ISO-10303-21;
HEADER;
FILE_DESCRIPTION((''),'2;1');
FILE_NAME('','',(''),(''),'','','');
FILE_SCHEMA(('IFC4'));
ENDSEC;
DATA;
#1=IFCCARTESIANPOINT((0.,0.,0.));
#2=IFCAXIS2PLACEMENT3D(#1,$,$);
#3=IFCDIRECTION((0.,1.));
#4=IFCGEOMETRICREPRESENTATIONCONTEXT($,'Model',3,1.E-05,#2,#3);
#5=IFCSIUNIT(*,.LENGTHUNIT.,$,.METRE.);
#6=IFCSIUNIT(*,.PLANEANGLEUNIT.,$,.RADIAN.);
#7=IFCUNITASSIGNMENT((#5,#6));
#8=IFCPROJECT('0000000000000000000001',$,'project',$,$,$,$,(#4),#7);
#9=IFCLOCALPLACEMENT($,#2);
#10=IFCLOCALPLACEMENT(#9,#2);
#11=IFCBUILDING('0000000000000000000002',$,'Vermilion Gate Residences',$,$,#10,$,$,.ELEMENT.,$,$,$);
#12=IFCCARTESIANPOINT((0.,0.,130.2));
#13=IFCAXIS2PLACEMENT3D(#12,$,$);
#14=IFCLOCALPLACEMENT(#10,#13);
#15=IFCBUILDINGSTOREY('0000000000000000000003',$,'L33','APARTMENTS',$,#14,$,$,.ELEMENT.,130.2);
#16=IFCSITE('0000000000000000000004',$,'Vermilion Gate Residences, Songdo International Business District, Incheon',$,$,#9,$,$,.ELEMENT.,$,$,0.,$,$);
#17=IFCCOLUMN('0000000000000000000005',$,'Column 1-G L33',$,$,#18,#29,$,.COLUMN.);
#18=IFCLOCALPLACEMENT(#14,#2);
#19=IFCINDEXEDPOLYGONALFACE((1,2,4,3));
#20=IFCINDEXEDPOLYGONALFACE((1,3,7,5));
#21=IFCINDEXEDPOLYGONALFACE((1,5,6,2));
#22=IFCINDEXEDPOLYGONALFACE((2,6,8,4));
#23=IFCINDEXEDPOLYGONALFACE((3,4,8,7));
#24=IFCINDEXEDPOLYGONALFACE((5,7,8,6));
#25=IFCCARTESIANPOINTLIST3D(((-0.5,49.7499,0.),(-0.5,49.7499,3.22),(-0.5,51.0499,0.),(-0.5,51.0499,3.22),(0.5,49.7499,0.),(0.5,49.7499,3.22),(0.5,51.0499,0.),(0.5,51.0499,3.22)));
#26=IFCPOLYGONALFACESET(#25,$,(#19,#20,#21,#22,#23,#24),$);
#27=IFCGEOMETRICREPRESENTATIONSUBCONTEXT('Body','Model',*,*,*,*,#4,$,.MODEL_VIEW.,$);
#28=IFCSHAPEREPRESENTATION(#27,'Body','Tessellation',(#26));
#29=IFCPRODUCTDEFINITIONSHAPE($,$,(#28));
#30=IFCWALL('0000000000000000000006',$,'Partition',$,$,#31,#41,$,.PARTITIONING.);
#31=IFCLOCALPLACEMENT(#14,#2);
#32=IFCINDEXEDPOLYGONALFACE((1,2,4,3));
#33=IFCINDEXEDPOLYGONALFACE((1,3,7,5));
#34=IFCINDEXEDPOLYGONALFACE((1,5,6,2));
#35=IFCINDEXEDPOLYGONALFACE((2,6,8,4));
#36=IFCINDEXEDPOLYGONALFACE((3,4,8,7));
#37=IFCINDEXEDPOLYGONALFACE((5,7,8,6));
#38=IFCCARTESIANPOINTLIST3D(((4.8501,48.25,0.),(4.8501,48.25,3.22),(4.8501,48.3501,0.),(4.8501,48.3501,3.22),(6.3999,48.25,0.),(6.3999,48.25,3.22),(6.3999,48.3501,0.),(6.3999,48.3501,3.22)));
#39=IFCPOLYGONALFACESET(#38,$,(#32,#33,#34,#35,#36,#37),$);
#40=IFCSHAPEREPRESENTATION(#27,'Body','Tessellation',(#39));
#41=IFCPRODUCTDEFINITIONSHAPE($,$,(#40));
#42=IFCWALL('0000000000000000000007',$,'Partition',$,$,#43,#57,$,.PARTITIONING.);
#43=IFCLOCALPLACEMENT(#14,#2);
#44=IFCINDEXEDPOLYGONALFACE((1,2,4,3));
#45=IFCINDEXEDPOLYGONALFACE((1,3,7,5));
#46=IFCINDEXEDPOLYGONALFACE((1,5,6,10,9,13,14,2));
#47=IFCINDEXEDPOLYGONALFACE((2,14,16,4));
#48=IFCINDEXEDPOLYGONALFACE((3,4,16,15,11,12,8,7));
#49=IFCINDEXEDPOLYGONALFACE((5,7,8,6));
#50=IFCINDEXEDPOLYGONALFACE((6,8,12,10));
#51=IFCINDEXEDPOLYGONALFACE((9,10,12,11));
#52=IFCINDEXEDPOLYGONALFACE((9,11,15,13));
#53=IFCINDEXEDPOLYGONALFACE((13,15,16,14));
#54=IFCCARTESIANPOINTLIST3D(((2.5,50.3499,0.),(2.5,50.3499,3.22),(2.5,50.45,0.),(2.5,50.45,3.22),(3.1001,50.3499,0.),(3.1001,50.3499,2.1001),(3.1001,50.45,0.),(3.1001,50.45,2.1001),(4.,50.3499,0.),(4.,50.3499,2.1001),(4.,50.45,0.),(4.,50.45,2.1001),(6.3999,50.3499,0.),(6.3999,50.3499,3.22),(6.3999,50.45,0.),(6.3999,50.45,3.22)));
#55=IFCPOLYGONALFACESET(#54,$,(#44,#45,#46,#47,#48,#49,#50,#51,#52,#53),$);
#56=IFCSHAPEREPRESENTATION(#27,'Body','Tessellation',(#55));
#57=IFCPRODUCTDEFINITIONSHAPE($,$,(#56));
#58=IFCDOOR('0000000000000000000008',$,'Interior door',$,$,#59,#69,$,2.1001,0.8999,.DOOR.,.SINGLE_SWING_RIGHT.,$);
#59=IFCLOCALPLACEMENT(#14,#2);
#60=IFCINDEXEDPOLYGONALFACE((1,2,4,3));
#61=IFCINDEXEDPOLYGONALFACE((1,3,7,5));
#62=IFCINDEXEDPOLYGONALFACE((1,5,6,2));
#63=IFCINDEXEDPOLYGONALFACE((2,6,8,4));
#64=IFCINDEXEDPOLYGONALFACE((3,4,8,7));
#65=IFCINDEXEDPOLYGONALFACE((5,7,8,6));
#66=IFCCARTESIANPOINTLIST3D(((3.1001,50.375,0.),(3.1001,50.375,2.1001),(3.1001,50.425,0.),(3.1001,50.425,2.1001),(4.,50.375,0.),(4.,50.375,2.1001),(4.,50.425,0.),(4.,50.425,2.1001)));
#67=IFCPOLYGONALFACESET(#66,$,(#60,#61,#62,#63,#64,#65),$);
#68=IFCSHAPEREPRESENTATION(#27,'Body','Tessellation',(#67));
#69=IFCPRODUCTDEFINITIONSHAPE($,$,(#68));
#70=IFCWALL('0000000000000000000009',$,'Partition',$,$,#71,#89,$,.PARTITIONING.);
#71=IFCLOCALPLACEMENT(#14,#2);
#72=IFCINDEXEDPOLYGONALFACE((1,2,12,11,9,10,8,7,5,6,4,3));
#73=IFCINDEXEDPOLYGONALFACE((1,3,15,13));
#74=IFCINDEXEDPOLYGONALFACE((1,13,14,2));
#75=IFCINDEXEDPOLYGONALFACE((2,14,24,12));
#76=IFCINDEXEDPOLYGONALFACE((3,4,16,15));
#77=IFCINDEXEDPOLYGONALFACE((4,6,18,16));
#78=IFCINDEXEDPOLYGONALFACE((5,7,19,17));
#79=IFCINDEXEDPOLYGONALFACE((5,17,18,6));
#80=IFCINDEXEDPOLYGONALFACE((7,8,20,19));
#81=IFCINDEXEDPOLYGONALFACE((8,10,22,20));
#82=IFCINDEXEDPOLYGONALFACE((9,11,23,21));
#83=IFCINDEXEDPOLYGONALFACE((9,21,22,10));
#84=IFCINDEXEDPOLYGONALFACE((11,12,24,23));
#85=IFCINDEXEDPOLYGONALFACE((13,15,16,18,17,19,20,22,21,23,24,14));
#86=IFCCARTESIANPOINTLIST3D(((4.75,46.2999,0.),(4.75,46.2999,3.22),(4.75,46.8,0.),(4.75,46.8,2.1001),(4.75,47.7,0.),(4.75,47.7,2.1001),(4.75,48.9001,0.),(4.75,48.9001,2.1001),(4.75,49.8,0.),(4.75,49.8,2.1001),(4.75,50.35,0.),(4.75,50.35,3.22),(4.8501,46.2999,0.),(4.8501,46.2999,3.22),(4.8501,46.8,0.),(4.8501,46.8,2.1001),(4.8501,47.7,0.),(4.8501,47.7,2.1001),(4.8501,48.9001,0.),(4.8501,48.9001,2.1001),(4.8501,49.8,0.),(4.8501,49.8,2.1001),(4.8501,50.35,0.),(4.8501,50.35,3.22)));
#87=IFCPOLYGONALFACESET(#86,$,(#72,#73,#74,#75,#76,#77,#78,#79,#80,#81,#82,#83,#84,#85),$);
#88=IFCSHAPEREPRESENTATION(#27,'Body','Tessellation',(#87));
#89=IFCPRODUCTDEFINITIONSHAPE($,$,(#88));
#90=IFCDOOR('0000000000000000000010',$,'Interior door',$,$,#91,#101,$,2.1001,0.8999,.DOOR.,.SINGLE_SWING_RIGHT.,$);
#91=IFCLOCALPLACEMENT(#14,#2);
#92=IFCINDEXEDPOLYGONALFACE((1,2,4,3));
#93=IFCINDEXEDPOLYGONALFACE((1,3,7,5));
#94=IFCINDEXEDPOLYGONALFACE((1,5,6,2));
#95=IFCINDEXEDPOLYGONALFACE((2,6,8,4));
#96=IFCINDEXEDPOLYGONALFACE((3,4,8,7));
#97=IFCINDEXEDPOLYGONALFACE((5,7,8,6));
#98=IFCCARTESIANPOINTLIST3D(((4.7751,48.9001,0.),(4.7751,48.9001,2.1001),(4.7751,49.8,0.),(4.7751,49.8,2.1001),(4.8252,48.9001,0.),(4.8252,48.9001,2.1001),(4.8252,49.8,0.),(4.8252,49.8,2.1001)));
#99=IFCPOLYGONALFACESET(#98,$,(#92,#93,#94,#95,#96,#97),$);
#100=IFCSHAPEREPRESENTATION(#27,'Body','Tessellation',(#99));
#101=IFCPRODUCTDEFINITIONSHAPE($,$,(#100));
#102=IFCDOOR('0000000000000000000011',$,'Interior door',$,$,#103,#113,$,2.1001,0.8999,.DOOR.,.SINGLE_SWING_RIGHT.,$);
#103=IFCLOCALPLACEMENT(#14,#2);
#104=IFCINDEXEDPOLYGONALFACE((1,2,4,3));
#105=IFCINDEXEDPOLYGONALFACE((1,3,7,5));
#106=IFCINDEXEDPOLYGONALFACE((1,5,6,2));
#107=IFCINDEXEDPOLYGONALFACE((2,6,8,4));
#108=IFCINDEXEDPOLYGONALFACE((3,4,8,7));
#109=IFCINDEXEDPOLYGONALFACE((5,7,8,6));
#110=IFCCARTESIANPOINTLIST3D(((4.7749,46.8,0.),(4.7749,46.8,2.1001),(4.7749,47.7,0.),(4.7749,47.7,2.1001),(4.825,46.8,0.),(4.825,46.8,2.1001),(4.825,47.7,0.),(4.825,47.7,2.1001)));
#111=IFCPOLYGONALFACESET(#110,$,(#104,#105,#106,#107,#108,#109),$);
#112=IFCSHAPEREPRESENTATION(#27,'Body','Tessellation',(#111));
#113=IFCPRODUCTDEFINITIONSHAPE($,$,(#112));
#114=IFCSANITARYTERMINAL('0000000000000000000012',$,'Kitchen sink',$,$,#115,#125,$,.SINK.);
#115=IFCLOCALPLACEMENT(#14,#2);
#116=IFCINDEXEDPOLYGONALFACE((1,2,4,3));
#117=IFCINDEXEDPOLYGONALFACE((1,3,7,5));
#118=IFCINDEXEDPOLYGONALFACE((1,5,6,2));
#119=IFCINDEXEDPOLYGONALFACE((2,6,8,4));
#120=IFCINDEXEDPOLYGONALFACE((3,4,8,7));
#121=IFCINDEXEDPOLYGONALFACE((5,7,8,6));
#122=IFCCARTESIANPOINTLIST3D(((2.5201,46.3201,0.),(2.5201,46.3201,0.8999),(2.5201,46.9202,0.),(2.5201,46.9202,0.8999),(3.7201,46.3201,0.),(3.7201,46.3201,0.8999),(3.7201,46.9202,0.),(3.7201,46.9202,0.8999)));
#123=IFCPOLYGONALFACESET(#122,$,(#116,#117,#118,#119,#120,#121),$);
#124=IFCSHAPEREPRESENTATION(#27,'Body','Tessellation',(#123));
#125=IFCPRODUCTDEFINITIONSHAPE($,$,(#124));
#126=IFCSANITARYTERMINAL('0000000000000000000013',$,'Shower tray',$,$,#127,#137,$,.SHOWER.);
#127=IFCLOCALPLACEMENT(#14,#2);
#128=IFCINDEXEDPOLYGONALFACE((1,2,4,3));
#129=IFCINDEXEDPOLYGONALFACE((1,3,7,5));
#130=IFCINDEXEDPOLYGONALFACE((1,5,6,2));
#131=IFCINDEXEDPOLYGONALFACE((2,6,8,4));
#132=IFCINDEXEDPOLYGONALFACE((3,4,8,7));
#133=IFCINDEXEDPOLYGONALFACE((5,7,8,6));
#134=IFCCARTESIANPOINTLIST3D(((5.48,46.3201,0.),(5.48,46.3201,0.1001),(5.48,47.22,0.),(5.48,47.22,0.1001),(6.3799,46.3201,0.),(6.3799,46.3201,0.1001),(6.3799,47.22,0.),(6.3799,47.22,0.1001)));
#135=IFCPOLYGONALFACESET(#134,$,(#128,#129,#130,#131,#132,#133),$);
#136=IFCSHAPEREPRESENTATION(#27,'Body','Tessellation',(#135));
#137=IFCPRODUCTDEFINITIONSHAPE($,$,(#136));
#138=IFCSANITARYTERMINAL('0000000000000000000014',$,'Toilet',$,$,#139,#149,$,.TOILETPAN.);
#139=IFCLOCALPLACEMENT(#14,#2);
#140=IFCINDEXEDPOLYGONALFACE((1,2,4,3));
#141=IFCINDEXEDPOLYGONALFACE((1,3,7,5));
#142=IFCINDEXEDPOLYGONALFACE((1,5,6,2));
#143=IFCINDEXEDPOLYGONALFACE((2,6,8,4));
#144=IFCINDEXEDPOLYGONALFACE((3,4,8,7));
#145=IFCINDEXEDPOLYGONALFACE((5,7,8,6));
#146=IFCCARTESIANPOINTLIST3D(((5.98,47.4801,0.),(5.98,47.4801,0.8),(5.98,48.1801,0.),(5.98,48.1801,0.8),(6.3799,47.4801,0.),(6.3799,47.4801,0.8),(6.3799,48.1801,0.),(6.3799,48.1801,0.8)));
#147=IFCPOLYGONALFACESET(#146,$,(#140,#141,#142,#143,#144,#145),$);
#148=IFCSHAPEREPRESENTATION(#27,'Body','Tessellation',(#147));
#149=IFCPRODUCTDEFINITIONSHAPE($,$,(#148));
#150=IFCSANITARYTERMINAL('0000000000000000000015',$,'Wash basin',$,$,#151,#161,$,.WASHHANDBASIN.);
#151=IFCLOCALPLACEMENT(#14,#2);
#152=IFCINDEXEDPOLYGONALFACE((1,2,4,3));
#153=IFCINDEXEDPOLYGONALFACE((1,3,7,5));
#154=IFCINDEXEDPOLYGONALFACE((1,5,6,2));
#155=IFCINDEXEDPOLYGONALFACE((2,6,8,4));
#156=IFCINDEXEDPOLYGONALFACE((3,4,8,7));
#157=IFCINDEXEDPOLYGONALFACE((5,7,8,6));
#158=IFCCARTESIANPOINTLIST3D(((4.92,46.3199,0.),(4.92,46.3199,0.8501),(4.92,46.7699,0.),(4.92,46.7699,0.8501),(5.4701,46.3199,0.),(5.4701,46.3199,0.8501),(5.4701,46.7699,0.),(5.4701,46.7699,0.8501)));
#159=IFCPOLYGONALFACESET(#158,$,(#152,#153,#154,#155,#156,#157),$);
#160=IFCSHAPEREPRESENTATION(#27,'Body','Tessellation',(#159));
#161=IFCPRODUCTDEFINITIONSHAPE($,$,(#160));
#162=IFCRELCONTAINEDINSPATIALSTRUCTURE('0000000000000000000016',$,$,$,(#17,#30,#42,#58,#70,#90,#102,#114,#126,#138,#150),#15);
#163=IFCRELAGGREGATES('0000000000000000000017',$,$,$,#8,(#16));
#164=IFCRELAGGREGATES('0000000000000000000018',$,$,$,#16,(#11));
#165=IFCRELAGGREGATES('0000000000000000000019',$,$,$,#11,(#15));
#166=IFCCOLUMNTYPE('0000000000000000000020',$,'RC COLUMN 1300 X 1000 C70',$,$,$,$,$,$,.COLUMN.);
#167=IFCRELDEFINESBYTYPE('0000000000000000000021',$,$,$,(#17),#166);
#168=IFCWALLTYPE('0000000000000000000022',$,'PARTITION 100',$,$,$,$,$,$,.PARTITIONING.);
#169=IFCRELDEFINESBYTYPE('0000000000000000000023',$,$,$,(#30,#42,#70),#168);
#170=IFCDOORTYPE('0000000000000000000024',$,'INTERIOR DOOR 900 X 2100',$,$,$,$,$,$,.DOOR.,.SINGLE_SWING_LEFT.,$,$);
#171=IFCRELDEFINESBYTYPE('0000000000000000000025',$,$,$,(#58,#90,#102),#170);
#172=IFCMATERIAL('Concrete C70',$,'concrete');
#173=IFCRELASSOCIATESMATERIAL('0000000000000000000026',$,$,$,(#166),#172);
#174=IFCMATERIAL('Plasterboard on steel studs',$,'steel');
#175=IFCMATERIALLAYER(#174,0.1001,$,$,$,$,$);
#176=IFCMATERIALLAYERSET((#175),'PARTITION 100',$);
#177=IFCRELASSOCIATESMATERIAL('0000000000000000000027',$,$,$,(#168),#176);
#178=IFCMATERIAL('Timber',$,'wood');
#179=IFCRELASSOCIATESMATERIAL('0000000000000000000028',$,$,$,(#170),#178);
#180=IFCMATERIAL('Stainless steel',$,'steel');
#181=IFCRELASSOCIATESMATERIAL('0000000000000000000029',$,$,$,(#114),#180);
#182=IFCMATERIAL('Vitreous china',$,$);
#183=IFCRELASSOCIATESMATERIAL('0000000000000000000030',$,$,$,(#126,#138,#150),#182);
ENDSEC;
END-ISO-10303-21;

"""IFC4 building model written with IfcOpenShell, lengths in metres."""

from ifc_helpers import new_model, si_unit, direction, frame, frame_2d, origin, origin_2d, place, context, subcontext, project, spatial, rectangle, extrude, material, layer, layer_set, material_profile, profile_set, type_object, element, fill, save


model = new_model("IFC4")

# Units and contexts
model_context = context("Model", 3, precision=1e-05, world=origin(), true_north=direction((0.0, 1.0)))
body_context = subcontext(model_context, "Body", "Model", "MODEL_VIEW")
ifc_project = project(units=[si_unit("LENGTHUNIT", "METRE"), si_unit("PLANEANGLEUNIT", "RADIAN")], contexts=[model_context])

# Site, building, storey
site_placement = place(None, origin())
site = spatial("IfcSite", under=ifc_project, at=site_placement, Name="Vermilion Gate Residences, Songdo International Business District, Incheon", CompositionType="ELEMENT", RefElevation=0.0)
building_placement = place(site_placement, origin())
building = spatial("IfcBuilding", under=site, at=building_placement, Name="Vermilion Gate Residences", CompositionType="ELEMENT")
storey_placement = place(building_placement, frame((0.0, 0.0, 130.2)))
storey = spatial("IfcBuildingStorey", under=building, at=storey_placement, Name="L33", Description="APARTMENTS", CompositionType="ELEMENT", Elevation=130.2)

# Column
ifc_material_1 = material(Name="Concrete C70", Category="concrete")
ifc_material_profile = material_profile(ifc_material_1, rectangle(XDim=1.3, YDim=1.0, at=origin_2d()), Name="RC-1300x1000")
ifc_profile_set = profile_set([ifc_material_profile], Name="Concrete C70")
column_type = type_object("IfcColumnType", Name="RC COLUMN 1300 X 1000 C70", PredefinedType="COLUMN", material=ifc_profile_set)
column_placement = place(storey_placement, frame((0.0, 50.3999, 0.0), z_axis=(0.0, 0.0, 1.0), x_axis=(0.0, 1.0, 0.0)))
element("IfcColumn", 1, at=column_placement, inside=storey, type_object=column_type, Name="Column 1-G L33", PredefinedType="COLUMN", context=body_context, shape_type="SweptSolid", body=[
    extrude(rectangle(XDim=1.3, YDim=1.0, at=origin_2d()), origin(), (0.0, 0.0, 1.0), 3.22),
])

# Wall
ifc_material_2 = material(Name="Plasterboard on steel studs", Category="steel")
ifc_layer = layer(ifc_material_2, 0.1001)
ifc_layer_set = layer_set([ifc_layer], Name="PARTITION 100")
wall_type = type_object("IfcWallType", Name="PARTITION 100", PredefinedType="PARTITIONING", material=ifc_layer_set)
wall_1_placement = place(storey_placement, frame((4.8501, 48.3, 0.0), z_axis=(0.0, 0.0, 1.0), x_axis=(1.0, 0.0, 0.0)))
element("IfcWall", 2, at=wall_1_placement, inside=storey, type_object=wall_type, Name="Partition", PredefinedType="PARTITIONING", context=body_context, shape_type="SweptSolid", body=[
    extrude(rectangle(XDim=1.5498, YDim=0.1001, at=frame_2d((0.7749, 0.0))), origin(), (0.0, 0.0, 1.0), 3.22),
])

# Wall, opening, door
wall_2_placement = place(storey_placement, frame((2.5, 50.3999, 0.0), z_axis=(0.0, 0.0, 1.0), x_axis=(1.0, 0.0, 0.0)))
wall_2 = element("IfcWall", 3, at=wall_2_placement, inside=storey, type_object=wall_type, Name="Partition", PredefinedType="PARTITIONING", context=body_context, shape_type="SweptSolid", body=[
    extrude(rectangle(XDim=3.8999, YDim=0.1001, at=frame_2d((1.95, 0.0))), origin(), (0.0, 0.0, 1.0), 3.22),
])
opening_1_placement = place(wall_2_placement, frame((0.6001, 0.0, 0.0)))
opening_1 = element("IfcOpeningElement", 4, at=opening_1_placement, cuts=wall_2, PredefinedType="OPENING", context=body_context, shape_type="SweptSolid", body=[
    extrude(rectangle(XDim=0.8999, YDim=2.1001, at=frame_2d((0.45, 1.05))), frame((0.0, 0.0601, 0.0), z_axis=(0.0, -1.0, 0.0), x_axis=(1.0, 0.0, 0.0)), (0.0, 0.0, 1.0), 0.1201),
])
ifc_material_3 = material(Name="Timber", Category="wood")
door_type = type_object("IfcDoorType", Name="INTERIOR DOOR 900 X 2100", OperationType="SINGLE_SWING_LEFT", PredefinedType="DOOR", material=ifc_material_3)
door_1_placement = place(opening_1_placement, frame((0.8999, 0.0, 0.0), z_axis=(0.0, 0.0, 1.0), x_axis=(-1.0, 0.0, 0.0)))
door_1 = element("IfcDoor", 5, at=door_1_placement, inside=storey, type_object=door_type, Name="Interior door", OperationType="SINGLE_SWING_RIGHT", OverallHeight=2.1001, OverallWidth=0.8999, PredefinedType="DOOR", context=body_context, shape_type="SweptSolid", body=[
    extrude(rectangle(XDim=0.8999, YDim=2.1001, at=frame_2d((0.45, 1.05))), frame((0.0, 0.0249, 0.0), z_axis=(0.0, -1.0, 0.0), x_axis=(1.0, 0.0, 0.0)), (0.0, 0.0, 1.0), 0.05),
])
fill(opening_1, door_1)

# Wall, openings, doors
wall_3_placement = place(storey_placement, frame((4.8, 46.3, 0.0), z_axis=(0.0, 0.0, 1.0), x_axis=(0.0, 1.0, 0.0)))
wall_3 = element("IfcWall", 6, at=wall_3_placement, inside=storey, type_object=wall_type, Name="Partition", PredefinedType="PARTITIONING", context=body_context, shape_type="SweptSolid", body=[
    extrude(rectangle(XDim=4.05, YDim=0.1001, at=frame_2d((2.0249, 0.0))), origin(), (0.0, 0.0, 1.0), 3.22),
])
opening_2_placement = place(wall_3_placement, frame((2.6001, 0.0, 0.0)))
opening_2 = element("IfcOpeningElement", 7, at=opening_2_placement, cuts=wall_3, PredefinedType="OPENING", context=body_context, shape_type="SweptSolid", body=[
    extrude(rectangle(XDim=0.8999, YDim=2.1001, at=frame_2d((0.45, 1.05))), frame((0.0, 0.0601, 0.0), z_axis=(0.0, -1.0, 0.0), x_axis=(1.0, 0.0, 0.0)), (0.0, 0.0, 1.0), 0.1201),
])
opening_3_placement = place(wall_3_placement, frame((0.5, 0.0, 0.0)))
opening_3 = element("IfcOpeningElement", 8, at=opening_3_placement, cuts=wall_3, PredefinedType="OPENING", context=body_context, shape_type="SweptSolid", body=[
    extrude(rectangle(XDim=0.8999, YDim=2.1001, at=frame_2d((0.45, 1.05))), frame((0.0, 0.0601, 0.0), z_axis=(0.0, -1.0, 0.0), x_axis=(1.0, 0.0, 0.0)), (0.0, 0.0, 1.0), 0.1201),
])
door_2_placement = place(opening_2_placement, origin())
door_2 = element("IfcDoor", 9, at=door_2_placement, inside=storey, type_object=door_type, Name="Interior door", OperationType="SINGLE_SWING_RIGHT", OverallHeight=2.1001, OverallWidth=0.8999, PredefinedType="DOOR", context=body_context, shape_type="SweptSolid", body=[
    extrude(rectangle(XDim=0.8999, YDim=2.1001, at=frame_2d((0.45, 1.05))), frame((0.0, 0.0249, 0.0), z_axis=(0.0, -1.0, 0.0), x_axis=(1.0, 0.0, 0.0)), (0.0, 0.0, 1.0), 0.05),
])
fill(opening_2, door_2)
door_3_placement = place(opening_3_placement, frame((0.8999, 0.0, 0.0), z_axis=(0.0, 0.0, 1.0), x_axis=(-1.0, 0.0, 0.0)))
door_3 = element("IfcDoor", 10, at=door_3_placement, inside=storey, type_object=door_type, Name="Interior door", OperationType="SINGLE_SWING_RIGHT", OverallHeight=2.1001, OverallWidth=0.8999, PredefinedType="DOOR", context=body_context, shape_type="SweptSolid", body=[
    extrude(rectangle(XDim=0.8999, YDim=2.1001, at=frame_2d((0.45, 1.05))), frame((0.0, 0.0249, 0.0), z_axis=(0.0, -1.0, 0.0), x_axis=(1.0, 0.0, 0.0)), (0.0, 0.0, 1.0), 0.05),
])
fill(opening_3, door_3)

# Sanitary terminals
ifc_material_4 = material(Name="Stainless steel", Category="steel")
sanitary_terminal_1_placement = place(storey_placement, frame((3.1201, 46.6201, 0.0), z_axis=(0.0, 0.0, 1.0), x_axis=(1.0, 0.0, 0.0)))
element("IfcSanitaryTerminal", 11, at=sanitary_terminal_1_placement, inside=storey, material=ifc_material_4, Name="Kitchen sink", PredefinedType="SINK", context=body_context, shape_type="SweptSolid", body=[
    extrude(rectangle(XDim=1.2, YDim=0.6001, at=origin_2d()), origin(), (0.0, 0.0, 1.0), 0.8999),
])
ifc_material_5 = material(Name="Vitreous china")
sanitary_terminal_2_placement = place(storey_placement, frame((5.9299, 46.77, 0.0), z_axis=(0.0, 0.0, 1.0), x_axis=(1.0, 0.0, 0.0)))
element("IfcSanitaryTerminal", 12, at=sanitary_terminal_2_placement, inside=storey, material=ifc_material_5, Name="Shower tray", PredefinedType="SHOWER", context=body_context, shape_type="SweptSolid", body=[
    extrude(rectangle(XDim=0.8999, YDim=0.8999, at=origin_2d()), origin(), (0.0, 0.0, 1.0), 0.1001),
])
sanitary_terminal_3_placement = place(storey_placement, frame((6.1799, 47.8301, 0.0), z_axis=(0.0, 0.0, 1.0), x_axis=(1.0, 0.0, 0.0)))
element("IfcSanitaryTerminal", 13, at=sanitary_terminal_3_placement, inside=storey, material=ifc_material_5, Name="Toilet", PredefinedType="TOILETPAN", context=body_context, shape_type="SweptSolid", body=[
    extrude(rectangle(XDim=0.3999, YDim=0.7, at=origin_2d()), origin(), (0.0, 0.0, 1.0), 0.8),
])
sanitary_terminal_4_placement = place(storey_placement, frame((5.1951, 46.5449, 0.0), z_axis=(0.0, 0.0, 1.0), x_axis=(1.0, 0.0, 0.0)))
element("IfcSanitaryTerminal", 14, at=sanitary_terminal_4_placement, inside=storey, material=ifc_material_5, Name="Wash basin", PredefinedType="WASHHANDBASIN", context=body_context, shape_type="SweptSolid", body=[
    extrude(rectangle(XDim=0.55, YDim=0.45, at=origin_2d()), origin(), (0.0, 0.0, 1.0), 0.8501),
])

save(model, "model.ifc")
